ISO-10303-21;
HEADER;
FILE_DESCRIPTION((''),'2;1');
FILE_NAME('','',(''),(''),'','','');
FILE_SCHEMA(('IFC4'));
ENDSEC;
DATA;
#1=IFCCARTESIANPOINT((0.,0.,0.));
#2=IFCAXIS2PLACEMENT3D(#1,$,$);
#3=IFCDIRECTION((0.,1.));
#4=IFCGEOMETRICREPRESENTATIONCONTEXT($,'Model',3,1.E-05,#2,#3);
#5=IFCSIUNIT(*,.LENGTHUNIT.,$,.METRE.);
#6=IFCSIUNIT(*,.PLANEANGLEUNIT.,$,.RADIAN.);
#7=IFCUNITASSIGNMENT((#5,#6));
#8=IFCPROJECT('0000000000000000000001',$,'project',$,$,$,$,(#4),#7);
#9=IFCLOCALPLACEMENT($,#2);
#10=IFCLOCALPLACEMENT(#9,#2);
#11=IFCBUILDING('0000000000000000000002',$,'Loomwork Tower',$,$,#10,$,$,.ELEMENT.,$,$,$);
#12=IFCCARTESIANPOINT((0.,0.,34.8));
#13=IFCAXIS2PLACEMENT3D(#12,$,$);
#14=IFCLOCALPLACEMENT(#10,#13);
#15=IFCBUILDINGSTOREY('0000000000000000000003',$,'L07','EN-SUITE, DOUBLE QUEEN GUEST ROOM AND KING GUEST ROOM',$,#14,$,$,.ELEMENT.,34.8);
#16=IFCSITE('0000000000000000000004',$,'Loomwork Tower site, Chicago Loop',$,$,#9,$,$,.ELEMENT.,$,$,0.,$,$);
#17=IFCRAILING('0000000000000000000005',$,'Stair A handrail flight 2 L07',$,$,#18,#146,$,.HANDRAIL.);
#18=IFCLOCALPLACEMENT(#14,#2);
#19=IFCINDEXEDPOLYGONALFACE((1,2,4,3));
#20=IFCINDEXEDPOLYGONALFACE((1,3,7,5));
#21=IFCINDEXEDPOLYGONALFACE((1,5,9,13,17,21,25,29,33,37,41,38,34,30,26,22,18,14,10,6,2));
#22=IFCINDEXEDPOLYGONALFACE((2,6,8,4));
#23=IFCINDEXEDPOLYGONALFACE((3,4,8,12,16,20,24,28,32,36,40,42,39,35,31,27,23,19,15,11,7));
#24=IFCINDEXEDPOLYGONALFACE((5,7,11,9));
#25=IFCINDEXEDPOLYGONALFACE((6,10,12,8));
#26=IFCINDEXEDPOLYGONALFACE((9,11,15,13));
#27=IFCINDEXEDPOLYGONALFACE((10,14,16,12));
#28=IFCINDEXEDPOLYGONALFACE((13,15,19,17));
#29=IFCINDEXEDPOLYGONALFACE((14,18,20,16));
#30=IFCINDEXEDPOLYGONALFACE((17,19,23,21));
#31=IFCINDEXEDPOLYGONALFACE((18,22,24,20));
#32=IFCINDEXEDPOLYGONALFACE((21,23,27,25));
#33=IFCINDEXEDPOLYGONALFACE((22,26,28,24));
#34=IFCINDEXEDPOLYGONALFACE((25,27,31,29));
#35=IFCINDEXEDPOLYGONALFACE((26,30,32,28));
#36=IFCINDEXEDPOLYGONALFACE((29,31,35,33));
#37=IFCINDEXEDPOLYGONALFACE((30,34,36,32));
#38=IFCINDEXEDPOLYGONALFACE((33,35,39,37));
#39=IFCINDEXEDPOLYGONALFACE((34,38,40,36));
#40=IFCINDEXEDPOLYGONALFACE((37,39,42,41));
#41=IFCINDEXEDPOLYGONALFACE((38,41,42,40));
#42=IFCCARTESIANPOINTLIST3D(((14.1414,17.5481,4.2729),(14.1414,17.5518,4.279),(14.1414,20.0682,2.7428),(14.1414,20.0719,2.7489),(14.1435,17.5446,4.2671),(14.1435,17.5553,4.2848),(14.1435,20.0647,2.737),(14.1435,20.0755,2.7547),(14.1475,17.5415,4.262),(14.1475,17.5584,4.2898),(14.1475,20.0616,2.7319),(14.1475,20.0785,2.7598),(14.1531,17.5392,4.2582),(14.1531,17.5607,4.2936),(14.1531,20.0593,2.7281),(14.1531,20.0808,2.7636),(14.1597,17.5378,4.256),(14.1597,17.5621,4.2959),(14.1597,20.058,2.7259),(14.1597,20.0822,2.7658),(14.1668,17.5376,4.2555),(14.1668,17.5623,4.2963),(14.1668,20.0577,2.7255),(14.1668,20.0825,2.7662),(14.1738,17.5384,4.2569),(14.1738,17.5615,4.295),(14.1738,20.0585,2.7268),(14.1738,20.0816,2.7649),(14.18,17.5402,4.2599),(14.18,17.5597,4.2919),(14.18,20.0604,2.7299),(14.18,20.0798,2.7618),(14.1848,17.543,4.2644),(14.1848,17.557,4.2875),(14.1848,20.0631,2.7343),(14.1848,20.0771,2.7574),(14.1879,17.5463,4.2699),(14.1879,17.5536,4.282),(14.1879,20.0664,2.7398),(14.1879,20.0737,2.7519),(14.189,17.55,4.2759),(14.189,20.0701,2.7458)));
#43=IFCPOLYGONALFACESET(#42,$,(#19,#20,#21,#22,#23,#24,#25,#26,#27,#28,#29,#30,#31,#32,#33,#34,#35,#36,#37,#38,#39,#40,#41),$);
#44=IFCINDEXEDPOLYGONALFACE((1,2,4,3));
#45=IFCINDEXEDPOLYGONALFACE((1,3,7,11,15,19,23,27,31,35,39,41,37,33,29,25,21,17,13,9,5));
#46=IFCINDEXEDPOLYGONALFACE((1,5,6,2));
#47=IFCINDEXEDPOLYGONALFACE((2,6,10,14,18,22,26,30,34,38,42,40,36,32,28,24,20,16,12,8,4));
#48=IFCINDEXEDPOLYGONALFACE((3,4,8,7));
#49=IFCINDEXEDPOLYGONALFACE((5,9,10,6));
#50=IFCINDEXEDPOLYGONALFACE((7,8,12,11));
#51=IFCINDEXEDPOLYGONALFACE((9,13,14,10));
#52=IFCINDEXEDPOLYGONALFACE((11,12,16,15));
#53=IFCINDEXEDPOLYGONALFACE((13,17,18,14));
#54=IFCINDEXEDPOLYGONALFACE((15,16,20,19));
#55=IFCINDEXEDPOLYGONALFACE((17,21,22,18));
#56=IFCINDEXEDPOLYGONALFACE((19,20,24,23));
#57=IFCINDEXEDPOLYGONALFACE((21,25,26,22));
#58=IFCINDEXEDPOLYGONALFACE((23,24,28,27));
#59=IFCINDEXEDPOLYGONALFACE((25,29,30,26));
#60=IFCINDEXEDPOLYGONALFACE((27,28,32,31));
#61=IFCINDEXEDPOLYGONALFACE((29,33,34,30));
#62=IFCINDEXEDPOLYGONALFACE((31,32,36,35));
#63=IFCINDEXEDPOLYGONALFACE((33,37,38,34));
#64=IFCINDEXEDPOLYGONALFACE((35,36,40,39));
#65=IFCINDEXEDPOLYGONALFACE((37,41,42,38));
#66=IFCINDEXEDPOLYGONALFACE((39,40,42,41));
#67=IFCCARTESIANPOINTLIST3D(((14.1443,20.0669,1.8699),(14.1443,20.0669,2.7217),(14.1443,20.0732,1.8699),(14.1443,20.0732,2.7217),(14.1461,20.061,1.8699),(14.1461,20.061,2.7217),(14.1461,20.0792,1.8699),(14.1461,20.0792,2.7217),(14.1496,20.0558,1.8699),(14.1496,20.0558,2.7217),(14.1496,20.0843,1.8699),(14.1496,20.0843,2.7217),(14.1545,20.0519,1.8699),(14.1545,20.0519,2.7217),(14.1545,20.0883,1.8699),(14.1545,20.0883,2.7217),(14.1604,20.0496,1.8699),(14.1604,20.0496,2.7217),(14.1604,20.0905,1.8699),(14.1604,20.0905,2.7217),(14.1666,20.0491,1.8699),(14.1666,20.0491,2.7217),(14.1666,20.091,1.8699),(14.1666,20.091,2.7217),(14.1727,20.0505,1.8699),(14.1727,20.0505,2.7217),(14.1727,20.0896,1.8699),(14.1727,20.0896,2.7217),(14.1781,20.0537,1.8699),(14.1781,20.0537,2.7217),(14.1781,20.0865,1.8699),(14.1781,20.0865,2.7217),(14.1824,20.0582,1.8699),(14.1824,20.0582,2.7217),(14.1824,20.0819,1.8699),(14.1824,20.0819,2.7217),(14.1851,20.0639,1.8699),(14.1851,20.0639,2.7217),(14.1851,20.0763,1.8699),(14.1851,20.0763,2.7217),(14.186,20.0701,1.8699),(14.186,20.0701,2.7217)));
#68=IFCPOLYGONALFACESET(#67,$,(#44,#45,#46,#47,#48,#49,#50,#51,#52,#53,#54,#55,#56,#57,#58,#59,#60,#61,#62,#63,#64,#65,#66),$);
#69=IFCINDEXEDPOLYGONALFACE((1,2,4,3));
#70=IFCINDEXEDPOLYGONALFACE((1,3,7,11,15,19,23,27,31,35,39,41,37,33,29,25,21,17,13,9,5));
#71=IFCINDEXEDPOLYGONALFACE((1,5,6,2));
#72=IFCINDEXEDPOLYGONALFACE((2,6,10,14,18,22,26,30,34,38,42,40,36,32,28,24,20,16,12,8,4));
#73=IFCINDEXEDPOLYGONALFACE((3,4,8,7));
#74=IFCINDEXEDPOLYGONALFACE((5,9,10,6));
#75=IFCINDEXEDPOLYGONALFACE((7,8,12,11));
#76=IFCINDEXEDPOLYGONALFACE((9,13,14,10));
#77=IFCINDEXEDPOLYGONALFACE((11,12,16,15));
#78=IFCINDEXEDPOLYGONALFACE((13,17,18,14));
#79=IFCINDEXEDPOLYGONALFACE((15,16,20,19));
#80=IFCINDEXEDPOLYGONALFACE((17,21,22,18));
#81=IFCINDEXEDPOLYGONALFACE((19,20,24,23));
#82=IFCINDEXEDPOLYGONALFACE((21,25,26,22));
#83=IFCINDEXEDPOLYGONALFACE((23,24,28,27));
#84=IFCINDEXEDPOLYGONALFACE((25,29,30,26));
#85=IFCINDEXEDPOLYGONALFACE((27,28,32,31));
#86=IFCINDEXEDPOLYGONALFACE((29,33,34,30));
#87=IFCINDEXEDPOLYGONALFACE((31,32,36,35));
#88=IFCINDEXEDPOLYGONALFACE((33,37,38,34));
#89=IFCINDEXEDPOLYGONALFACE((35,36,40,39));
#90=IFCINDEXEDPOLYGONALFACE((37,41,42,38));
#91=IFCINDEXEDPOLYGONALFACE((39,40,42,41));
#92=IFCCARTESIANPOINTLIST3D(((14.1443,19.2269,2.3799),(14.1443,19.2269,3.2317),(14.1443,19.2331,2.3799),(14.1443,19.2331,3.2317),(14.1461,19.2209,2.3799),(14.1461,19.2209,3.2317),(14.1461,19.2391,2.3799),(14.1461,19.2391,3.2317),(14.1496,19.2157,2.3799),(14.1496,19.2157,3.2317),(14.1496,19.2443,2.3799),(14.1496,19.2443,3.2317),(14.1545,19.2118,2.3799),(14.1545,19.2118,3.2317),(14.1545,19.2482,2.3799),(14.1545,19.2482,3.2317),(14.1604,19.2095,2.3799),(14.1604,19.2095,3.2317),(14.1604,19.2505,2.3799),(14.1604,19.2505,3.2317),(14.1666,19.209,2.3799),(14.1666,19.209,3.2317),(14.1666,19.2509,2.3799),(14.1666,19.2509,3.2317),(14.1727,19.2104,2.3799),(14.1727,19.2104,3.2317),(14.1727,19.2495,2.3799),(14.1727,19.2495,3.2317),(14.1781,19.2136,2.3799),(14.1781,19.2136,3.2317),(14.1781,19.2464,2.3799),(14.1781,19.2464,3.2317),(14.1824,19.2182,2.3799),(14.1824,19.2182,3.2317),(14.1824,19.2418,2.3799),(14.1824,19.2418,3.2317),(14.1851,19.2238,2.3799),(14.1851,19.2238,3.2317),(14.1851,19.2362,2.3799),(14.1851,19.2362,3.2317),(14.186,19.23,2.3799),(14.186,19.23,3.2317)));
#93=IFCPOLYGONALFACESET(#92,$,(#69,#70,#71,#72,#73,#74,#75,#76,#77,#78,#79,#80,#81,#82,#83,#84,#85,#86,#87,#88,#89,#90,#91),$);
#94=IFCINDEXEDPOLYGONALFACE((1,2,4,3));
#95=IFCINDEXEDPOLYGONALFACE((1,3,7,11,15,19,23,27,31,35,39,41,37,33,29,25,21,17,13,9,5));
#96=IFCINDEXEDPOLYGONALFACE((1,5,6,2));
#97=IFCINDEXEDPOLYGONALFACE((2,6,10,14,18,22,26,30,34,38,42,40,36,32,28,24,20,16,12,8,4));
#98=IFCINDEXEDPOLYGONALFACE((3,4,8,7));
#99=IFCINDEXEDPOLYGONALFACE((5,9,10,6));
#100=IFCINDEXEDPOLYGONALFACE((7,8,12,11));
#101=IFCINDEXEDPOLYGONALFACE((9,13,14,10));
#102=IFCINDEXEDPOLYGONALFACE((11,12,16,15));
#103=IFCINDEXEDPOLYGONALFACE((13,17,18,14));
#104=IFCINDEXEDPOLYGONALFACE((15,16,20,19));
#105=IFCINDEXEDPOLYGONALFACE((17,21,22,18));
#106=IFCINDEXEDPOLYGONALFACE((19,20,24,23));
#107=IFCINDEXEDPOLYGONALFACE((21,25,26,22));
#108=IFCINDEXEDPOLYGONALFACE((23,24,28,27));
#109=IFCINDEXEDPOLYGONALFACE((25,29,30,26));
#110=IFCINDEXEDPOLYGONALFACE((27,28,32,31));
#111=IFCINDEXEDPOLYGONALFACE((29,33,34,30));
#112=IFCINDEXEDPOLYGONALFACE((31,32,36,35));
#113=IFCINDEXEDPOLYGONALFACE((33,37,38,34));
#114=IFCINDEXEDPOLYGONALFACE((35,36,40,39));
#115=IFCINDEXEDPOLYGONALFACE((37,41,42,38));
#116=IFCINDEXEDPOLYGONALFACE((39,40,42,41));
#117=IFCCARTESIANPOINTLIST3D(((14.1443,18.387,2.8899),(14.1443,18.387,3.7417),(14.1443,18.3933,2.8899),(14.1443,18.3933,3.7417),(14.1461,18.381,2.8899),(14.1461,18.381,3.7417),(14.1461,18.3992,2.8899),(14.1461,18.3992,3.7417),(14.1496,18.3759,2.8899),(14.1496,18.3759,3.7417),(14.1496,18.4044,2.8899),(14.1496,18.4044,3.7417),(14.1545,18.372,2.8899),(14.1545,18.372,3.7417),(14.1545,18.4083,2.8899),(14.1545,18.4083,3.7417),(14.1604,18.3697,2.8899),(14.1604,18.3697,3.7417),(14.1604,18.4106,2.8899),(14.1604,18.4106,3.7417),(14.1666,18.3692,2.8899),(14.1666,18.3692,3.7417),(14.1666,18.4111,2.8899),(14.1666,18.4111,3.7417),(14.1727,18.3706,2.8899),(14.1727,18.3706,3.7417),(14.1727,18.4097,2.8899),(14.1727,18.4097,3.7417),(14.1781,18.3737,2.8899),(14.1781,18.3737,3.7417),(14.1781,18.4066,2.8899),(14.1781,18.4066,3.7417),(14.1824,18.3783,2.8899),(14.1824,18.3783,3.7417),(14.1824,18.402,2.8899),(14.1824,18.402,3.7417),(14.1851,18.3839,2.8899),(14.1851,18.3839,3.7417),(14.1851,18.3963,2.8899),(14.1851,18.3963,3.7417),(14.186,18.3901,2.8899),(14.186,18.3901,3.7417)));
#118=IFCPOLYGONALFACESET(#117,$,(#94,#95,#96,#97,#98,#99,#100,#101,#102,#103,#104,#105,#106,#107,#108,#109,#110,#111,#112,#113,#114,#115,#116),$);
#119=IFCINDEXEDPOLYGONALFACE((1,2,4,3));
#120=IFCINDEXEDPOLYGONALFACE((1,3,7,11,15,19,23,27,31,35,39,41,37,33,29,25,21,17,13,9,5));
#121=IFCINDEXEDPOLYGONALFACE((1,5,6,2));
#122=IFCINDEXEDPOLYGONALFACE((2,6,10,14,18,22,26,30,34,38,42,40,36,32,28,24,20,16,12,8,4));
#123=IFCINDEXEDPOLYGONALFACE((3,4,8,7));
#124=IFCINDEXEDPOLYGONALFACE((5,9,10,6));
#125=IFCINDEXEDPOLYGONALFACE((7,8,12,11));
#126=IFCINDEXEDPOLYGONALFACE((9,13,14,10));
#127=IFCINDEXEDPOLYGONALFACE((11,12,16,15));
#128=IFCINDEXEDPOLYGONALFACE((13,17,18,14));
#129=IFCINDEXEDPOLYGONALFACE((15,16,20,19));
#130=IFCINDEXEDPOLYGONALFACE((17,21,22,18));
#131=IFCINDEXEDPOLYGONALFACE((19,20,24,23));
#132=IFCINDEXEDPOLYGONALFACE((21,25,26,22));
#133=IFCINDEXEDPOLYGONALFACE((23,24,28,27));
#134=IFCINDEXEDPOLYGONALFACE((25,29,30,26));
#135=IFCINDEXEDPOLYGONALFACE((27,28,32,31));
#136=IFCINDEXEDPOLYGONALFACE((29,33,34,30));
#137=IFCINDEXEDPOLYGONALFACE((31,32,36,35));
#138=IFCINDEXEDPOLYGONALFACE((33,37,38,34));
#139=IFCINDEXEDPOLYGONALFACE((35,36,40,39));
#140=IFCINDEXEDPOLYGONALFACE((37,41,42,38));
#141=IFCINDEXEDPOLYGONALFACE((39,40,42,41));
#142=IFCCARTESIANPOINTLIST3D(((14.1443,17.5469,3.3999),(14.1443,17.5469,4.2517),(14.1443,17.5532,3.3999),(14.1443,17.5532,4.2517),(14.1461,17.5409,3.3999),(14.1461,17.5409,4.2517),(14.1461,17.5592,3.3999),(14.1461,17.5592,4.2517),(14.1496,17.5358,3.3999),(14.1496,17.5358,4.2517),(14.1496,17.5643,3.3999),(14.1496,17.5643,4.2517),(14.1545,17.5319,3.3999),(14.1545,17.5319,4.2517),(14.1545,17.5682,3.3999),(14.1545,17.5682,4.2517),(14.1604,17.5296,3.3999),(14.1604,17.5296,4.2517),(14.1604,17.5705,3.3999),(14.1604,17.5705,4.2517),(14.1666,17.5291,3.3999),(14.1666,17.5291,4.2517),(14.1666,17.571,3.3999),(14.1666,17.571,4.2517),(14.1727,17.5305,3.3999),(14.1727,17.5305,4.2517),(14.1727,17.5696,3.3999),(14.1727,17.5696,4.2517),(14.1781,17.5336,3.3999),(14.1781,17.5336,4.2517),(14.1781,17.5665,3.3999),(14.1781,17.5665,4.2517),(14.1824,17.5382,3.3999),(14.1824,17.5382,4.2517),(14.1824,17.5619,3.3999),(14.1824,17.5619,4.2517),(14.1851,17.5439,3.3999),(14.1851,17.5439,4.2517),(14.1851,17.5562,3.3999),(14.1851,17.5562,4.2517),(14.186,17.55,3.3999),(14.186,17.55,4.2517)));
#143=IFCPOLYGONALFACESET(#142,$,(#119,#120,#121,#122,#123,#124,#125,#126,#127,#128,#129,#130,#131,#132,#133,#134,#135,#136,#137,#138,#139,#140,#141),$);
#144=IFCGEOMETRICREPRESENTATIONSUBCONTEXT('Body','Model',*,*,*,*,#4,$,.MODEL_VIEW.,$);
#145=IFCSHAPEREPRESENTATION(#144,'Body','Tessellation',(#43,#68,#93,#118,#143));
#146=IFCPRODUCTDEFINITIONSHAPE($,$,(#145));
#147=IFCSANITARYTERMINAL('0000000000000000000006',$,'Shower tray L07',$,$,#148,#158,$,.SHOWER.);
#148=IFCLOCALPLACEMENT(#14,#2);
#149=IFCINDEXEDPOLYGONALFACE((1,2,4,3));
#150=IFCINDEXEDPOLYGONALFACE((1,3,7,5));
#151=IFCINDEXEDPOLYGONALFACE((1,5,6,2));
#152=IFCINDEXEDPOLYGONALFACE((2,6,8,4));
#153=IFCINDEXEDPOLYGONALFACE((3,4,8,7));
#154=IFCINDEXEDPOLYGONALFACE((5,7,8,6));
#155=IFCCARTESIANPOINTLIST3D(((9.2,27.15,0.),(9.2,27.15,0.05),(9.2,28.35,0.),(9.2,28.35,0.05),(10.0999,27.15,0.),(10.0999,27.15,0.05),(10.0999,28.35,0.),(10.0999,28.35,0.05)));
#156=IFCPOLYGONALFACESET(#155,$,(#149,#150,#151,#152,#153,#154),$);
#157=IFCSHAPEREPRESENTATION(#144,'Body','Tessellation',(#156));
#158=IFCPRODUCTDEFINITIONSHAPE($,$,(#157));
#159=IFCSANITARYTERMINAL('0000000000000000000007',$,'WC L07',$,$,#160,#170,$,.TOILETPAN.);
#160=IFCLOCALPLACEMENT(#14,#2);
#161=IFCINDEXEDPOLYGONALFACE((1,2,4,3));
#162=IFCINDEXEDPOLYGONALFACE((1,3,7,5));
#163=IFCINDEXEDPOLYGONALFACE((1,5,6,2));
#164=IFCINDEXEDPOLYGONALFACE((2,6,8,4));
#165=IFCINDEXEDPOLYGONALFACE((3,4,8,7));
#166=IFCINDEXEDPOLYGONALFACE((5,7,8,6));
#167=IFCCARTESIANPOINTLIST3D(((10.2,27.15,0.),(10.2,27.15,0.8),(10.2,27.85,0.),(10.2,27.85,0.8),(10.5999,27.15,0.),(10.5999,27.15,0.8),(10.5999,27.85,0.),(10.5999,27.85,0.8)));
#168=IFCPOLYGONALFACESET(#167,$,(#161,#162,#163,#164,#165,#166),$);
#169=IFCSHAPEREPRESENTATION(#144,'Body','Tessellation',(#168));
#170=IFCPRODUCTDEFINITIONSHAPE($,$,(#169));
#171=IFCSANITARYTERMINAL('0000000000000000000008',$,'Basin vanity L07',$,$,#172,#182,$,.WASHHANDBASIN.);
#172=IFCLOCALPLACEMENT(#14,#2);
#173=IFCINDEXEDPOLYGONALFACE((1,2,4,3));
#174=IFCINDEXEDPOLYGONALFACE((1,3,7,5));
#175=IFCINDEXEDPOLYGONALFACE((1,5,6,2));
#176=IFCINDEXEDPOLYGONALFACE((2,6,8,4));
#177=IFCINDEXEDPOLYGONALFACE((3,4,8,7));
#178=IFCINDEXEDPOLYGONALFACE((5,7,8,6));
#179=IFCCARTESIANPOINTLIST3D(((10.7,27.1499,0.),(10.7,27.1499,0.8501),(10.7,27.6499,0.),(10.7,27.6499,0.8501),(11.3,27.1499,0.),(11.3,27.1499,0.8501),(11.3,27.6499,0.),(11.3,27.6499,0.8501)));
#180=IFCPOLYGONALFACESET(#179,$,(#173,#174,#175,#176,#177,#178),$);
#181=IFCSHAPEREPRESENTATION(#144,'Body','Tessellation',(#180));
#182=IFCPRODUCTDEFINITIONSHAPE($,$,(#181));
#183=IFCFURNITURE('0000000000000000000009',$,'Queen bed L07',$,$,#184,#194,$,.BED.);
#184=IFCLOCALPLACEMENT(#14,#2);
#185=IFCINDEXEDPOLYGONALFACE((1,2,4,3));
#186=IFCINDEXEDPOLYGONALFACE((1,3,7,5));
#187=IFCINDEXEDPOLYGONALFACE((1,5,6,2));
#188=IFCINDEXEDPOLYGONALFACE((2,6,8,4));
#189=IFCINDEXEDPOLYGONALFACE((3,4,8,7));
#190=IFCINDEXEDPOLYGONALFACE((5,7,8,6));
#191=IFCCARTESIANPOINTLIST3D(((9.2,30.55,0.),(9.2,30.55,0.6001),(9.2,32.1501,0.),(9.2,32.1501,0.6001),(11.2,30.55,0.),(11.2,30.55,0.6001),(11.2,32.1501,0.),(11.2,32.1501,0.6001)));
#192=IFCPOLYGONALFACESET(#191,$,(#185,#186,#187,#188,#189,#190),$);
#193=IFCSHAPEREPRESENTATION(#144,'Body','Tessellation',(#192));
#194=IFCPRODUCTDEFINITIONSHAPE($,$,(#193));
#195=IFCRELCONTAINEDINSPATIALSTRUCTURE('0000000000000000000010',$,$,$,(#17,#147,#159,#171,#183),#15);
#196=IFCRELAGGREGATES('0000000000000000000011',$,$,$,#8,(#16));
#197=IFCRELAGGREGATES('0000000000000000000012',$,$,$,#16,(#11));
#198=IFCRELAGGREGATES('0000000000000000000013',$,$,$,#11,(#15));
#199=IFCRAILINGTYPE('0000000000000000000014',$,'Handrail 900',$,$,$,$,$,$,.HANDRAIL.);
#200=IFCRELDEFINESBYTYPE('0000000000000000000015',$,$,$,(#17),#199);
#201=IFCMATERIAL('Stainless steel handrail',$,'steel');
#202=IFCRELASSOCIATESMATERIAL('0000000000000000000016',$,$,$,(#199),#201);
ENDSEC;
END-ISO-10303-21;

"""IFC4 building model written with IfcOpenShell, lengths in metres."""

from ifc_helpers import new_model, si_unit, direction, frame, origin, origin_2d, place, context, subcontext, project, spatial, rectangle, circle, extrude, material, type_object, element, save


model = new_model("IFC4")

# Units and contexts
model_context = context("Model", 3, precision=1e-05, world=origin(), true_north=direction((0.0, 1.0)))
body_context = subcontext(model_context, "Body", "Model", "MODEL_VIEW")
ifc_project = project(units=[si_unit("LENGTHUNIT", "METRE"), si_unit("PLANEANGLEUNIT", "RADIAN")], contexts=[model_context])

# Site, building, storey
site_placement = place(None, origin())
site = spatial("IfcSite", under=ifc_project, at=site_placement, Name="Loomwork Tower site, Chicago Loop", CompositionType="ELEMENT", RefElevation=0.0)
building_placement = place(site_placement, origin())
building = spatial("IfcBuilding", under=site, at=building_placement, Name="Loomwork Tower", CompositionType="ELEMENT")
storey_placement = place(building_placement, frame((0.0, 0.0, 34.8)))
storey = spatial("IfcBuildingStorey", under=building, at=storey_placement, Name="L07", Description="EN-SUITE, DOUBLE QUEEN GUEST ROOM AND KING GUEST ROOM", CompositionType="ELEMENT", Elevation=34.8)

# Railing
ifc_material_1 = material(Name="Stainless steel handrail", Category="steel")
railing_type = type_object("IfcRailingType", Name="Handrail 900", PredefinedType="HANDRAIL", material=ifc_material_1)
railing_1_placement = place(storey_placement, frame((14.165, 20.0701, 1.8699)))
element("IfcRailing", 1, at=railing_1_placement, inside=storey, type_object=railing_type, Name="Stair A handrail flight 2 L07", PredefinedType="HANDRAIL", context=body_context, shape_type="SweptSolid", body=[
    extrude(circle(Radius=0.0239, at=origin_2d()), frame((0.0, 0.0, 0.876), z_axis=(0.0, -0.854785, 0.518982), x_axis=(1.0, 0.0, 0.0)), (0.0, 0.0, 1.0), 2.9482),
    extrude(circle(Radius=0.021, at=origin_2d()), origin(), (0.0, 0.0, 1.0), 0.8518),
    extrude(circle(Radius=0.021, at=origin_2d()), frame((0.0, -0.8401, 0.51)), (0.0, 0.0, 1.0), 0.8518),
    extrude(circle(Radius=0.021, at=origin_2d()), frame((0.0, -1.6799, 1.02)), (0.0, 0.0, 1.0), 0.8518),
    extrude(circle(Radius=0.021, at=origin_2d()), frame((0.0, -2.52, 1.53)), (0.0, 0.0, 1.0), 0.8518),
])

# Sanitary terminals
sanitary_terminal_1_placement = place(storey_placement, frame((9.6499, 27.75, 0.0), z_axis=(0.0, 0.0, 1.0), x_axis=(1.0, 0.0, 0.0)))
element("IfcSanitaryTerminal", 2, at=sanitary_terminal_1_placement, inside=storey, Name="Shower tray L07", PredefinedType="SHOWER", context=body_context, shape_type="SweptSolid", body=[
    extrude(rectangle(XDim=0.8999, YDim=1.2, at=origin_2d()), origin(), (0.0, 0.0, 1.0), 0.05),
])
sanitary_terminal_2_placement = place(storey_placement, frame((10.3999, 27.5, 0.0), z_axis=(0.0, 0.0, 1.0), x_axis=(1.0, 0.0, 0.0)))
element("IfcSanitaryTerminal", 3, at=sanitary_terminal_2_placement, inside=storey, Name="WC L07", PredefinedType="TOILETPAN", context=body_context, shape_type="SweptSolid", body=[
    extrude(rectangle(XDim=0.3999, YDim=0.7, at=origin_2d()), origin(), (0.0, 0.0, 1.0), 0.8),
])
sanitary_terminal_3_placement = place(storey_placement, frame((11.0, 27.3999, 0.0), z_axis=(0.0, 0.0, 1.0), x_axis=(1.0, 0.0, 0.0)))
element("IfcSanitaryTerminal", 4, at=sanitary_terminal_3_placement, inside=storey, Name="Basin vanity L07", PredefinedType="WASHHANDBASIN", context=body_context, shape_type="SweptSolid", body=[
    extrude(rectangle(XDim=0.6001, YDim=0.5, at=origin_2d()), origin(), (0.0, 0.0, 1.0), 0.8501),
])

# Furniture
furniture_placement = place(storey_placement, frame((10.2, 31.3501, 0.0), z_axis=(0.0, 0.0, 1.0), x_axis=(1.0, 0.0, 0.0)))
element("IfcFurniture", 5, at=furniture_placement, inside=storey, Name="Queen bed L07", PredefinedType="BED", context=body_context, shape_type="SweptSolid", body=[
    extrude(rectangle(XDim=2.0, YDim=1.6001, at=origin_2d()), origin(), (0.0, 0.0, 1.0), 0.6001),
])

save(model, "model.ifc")
